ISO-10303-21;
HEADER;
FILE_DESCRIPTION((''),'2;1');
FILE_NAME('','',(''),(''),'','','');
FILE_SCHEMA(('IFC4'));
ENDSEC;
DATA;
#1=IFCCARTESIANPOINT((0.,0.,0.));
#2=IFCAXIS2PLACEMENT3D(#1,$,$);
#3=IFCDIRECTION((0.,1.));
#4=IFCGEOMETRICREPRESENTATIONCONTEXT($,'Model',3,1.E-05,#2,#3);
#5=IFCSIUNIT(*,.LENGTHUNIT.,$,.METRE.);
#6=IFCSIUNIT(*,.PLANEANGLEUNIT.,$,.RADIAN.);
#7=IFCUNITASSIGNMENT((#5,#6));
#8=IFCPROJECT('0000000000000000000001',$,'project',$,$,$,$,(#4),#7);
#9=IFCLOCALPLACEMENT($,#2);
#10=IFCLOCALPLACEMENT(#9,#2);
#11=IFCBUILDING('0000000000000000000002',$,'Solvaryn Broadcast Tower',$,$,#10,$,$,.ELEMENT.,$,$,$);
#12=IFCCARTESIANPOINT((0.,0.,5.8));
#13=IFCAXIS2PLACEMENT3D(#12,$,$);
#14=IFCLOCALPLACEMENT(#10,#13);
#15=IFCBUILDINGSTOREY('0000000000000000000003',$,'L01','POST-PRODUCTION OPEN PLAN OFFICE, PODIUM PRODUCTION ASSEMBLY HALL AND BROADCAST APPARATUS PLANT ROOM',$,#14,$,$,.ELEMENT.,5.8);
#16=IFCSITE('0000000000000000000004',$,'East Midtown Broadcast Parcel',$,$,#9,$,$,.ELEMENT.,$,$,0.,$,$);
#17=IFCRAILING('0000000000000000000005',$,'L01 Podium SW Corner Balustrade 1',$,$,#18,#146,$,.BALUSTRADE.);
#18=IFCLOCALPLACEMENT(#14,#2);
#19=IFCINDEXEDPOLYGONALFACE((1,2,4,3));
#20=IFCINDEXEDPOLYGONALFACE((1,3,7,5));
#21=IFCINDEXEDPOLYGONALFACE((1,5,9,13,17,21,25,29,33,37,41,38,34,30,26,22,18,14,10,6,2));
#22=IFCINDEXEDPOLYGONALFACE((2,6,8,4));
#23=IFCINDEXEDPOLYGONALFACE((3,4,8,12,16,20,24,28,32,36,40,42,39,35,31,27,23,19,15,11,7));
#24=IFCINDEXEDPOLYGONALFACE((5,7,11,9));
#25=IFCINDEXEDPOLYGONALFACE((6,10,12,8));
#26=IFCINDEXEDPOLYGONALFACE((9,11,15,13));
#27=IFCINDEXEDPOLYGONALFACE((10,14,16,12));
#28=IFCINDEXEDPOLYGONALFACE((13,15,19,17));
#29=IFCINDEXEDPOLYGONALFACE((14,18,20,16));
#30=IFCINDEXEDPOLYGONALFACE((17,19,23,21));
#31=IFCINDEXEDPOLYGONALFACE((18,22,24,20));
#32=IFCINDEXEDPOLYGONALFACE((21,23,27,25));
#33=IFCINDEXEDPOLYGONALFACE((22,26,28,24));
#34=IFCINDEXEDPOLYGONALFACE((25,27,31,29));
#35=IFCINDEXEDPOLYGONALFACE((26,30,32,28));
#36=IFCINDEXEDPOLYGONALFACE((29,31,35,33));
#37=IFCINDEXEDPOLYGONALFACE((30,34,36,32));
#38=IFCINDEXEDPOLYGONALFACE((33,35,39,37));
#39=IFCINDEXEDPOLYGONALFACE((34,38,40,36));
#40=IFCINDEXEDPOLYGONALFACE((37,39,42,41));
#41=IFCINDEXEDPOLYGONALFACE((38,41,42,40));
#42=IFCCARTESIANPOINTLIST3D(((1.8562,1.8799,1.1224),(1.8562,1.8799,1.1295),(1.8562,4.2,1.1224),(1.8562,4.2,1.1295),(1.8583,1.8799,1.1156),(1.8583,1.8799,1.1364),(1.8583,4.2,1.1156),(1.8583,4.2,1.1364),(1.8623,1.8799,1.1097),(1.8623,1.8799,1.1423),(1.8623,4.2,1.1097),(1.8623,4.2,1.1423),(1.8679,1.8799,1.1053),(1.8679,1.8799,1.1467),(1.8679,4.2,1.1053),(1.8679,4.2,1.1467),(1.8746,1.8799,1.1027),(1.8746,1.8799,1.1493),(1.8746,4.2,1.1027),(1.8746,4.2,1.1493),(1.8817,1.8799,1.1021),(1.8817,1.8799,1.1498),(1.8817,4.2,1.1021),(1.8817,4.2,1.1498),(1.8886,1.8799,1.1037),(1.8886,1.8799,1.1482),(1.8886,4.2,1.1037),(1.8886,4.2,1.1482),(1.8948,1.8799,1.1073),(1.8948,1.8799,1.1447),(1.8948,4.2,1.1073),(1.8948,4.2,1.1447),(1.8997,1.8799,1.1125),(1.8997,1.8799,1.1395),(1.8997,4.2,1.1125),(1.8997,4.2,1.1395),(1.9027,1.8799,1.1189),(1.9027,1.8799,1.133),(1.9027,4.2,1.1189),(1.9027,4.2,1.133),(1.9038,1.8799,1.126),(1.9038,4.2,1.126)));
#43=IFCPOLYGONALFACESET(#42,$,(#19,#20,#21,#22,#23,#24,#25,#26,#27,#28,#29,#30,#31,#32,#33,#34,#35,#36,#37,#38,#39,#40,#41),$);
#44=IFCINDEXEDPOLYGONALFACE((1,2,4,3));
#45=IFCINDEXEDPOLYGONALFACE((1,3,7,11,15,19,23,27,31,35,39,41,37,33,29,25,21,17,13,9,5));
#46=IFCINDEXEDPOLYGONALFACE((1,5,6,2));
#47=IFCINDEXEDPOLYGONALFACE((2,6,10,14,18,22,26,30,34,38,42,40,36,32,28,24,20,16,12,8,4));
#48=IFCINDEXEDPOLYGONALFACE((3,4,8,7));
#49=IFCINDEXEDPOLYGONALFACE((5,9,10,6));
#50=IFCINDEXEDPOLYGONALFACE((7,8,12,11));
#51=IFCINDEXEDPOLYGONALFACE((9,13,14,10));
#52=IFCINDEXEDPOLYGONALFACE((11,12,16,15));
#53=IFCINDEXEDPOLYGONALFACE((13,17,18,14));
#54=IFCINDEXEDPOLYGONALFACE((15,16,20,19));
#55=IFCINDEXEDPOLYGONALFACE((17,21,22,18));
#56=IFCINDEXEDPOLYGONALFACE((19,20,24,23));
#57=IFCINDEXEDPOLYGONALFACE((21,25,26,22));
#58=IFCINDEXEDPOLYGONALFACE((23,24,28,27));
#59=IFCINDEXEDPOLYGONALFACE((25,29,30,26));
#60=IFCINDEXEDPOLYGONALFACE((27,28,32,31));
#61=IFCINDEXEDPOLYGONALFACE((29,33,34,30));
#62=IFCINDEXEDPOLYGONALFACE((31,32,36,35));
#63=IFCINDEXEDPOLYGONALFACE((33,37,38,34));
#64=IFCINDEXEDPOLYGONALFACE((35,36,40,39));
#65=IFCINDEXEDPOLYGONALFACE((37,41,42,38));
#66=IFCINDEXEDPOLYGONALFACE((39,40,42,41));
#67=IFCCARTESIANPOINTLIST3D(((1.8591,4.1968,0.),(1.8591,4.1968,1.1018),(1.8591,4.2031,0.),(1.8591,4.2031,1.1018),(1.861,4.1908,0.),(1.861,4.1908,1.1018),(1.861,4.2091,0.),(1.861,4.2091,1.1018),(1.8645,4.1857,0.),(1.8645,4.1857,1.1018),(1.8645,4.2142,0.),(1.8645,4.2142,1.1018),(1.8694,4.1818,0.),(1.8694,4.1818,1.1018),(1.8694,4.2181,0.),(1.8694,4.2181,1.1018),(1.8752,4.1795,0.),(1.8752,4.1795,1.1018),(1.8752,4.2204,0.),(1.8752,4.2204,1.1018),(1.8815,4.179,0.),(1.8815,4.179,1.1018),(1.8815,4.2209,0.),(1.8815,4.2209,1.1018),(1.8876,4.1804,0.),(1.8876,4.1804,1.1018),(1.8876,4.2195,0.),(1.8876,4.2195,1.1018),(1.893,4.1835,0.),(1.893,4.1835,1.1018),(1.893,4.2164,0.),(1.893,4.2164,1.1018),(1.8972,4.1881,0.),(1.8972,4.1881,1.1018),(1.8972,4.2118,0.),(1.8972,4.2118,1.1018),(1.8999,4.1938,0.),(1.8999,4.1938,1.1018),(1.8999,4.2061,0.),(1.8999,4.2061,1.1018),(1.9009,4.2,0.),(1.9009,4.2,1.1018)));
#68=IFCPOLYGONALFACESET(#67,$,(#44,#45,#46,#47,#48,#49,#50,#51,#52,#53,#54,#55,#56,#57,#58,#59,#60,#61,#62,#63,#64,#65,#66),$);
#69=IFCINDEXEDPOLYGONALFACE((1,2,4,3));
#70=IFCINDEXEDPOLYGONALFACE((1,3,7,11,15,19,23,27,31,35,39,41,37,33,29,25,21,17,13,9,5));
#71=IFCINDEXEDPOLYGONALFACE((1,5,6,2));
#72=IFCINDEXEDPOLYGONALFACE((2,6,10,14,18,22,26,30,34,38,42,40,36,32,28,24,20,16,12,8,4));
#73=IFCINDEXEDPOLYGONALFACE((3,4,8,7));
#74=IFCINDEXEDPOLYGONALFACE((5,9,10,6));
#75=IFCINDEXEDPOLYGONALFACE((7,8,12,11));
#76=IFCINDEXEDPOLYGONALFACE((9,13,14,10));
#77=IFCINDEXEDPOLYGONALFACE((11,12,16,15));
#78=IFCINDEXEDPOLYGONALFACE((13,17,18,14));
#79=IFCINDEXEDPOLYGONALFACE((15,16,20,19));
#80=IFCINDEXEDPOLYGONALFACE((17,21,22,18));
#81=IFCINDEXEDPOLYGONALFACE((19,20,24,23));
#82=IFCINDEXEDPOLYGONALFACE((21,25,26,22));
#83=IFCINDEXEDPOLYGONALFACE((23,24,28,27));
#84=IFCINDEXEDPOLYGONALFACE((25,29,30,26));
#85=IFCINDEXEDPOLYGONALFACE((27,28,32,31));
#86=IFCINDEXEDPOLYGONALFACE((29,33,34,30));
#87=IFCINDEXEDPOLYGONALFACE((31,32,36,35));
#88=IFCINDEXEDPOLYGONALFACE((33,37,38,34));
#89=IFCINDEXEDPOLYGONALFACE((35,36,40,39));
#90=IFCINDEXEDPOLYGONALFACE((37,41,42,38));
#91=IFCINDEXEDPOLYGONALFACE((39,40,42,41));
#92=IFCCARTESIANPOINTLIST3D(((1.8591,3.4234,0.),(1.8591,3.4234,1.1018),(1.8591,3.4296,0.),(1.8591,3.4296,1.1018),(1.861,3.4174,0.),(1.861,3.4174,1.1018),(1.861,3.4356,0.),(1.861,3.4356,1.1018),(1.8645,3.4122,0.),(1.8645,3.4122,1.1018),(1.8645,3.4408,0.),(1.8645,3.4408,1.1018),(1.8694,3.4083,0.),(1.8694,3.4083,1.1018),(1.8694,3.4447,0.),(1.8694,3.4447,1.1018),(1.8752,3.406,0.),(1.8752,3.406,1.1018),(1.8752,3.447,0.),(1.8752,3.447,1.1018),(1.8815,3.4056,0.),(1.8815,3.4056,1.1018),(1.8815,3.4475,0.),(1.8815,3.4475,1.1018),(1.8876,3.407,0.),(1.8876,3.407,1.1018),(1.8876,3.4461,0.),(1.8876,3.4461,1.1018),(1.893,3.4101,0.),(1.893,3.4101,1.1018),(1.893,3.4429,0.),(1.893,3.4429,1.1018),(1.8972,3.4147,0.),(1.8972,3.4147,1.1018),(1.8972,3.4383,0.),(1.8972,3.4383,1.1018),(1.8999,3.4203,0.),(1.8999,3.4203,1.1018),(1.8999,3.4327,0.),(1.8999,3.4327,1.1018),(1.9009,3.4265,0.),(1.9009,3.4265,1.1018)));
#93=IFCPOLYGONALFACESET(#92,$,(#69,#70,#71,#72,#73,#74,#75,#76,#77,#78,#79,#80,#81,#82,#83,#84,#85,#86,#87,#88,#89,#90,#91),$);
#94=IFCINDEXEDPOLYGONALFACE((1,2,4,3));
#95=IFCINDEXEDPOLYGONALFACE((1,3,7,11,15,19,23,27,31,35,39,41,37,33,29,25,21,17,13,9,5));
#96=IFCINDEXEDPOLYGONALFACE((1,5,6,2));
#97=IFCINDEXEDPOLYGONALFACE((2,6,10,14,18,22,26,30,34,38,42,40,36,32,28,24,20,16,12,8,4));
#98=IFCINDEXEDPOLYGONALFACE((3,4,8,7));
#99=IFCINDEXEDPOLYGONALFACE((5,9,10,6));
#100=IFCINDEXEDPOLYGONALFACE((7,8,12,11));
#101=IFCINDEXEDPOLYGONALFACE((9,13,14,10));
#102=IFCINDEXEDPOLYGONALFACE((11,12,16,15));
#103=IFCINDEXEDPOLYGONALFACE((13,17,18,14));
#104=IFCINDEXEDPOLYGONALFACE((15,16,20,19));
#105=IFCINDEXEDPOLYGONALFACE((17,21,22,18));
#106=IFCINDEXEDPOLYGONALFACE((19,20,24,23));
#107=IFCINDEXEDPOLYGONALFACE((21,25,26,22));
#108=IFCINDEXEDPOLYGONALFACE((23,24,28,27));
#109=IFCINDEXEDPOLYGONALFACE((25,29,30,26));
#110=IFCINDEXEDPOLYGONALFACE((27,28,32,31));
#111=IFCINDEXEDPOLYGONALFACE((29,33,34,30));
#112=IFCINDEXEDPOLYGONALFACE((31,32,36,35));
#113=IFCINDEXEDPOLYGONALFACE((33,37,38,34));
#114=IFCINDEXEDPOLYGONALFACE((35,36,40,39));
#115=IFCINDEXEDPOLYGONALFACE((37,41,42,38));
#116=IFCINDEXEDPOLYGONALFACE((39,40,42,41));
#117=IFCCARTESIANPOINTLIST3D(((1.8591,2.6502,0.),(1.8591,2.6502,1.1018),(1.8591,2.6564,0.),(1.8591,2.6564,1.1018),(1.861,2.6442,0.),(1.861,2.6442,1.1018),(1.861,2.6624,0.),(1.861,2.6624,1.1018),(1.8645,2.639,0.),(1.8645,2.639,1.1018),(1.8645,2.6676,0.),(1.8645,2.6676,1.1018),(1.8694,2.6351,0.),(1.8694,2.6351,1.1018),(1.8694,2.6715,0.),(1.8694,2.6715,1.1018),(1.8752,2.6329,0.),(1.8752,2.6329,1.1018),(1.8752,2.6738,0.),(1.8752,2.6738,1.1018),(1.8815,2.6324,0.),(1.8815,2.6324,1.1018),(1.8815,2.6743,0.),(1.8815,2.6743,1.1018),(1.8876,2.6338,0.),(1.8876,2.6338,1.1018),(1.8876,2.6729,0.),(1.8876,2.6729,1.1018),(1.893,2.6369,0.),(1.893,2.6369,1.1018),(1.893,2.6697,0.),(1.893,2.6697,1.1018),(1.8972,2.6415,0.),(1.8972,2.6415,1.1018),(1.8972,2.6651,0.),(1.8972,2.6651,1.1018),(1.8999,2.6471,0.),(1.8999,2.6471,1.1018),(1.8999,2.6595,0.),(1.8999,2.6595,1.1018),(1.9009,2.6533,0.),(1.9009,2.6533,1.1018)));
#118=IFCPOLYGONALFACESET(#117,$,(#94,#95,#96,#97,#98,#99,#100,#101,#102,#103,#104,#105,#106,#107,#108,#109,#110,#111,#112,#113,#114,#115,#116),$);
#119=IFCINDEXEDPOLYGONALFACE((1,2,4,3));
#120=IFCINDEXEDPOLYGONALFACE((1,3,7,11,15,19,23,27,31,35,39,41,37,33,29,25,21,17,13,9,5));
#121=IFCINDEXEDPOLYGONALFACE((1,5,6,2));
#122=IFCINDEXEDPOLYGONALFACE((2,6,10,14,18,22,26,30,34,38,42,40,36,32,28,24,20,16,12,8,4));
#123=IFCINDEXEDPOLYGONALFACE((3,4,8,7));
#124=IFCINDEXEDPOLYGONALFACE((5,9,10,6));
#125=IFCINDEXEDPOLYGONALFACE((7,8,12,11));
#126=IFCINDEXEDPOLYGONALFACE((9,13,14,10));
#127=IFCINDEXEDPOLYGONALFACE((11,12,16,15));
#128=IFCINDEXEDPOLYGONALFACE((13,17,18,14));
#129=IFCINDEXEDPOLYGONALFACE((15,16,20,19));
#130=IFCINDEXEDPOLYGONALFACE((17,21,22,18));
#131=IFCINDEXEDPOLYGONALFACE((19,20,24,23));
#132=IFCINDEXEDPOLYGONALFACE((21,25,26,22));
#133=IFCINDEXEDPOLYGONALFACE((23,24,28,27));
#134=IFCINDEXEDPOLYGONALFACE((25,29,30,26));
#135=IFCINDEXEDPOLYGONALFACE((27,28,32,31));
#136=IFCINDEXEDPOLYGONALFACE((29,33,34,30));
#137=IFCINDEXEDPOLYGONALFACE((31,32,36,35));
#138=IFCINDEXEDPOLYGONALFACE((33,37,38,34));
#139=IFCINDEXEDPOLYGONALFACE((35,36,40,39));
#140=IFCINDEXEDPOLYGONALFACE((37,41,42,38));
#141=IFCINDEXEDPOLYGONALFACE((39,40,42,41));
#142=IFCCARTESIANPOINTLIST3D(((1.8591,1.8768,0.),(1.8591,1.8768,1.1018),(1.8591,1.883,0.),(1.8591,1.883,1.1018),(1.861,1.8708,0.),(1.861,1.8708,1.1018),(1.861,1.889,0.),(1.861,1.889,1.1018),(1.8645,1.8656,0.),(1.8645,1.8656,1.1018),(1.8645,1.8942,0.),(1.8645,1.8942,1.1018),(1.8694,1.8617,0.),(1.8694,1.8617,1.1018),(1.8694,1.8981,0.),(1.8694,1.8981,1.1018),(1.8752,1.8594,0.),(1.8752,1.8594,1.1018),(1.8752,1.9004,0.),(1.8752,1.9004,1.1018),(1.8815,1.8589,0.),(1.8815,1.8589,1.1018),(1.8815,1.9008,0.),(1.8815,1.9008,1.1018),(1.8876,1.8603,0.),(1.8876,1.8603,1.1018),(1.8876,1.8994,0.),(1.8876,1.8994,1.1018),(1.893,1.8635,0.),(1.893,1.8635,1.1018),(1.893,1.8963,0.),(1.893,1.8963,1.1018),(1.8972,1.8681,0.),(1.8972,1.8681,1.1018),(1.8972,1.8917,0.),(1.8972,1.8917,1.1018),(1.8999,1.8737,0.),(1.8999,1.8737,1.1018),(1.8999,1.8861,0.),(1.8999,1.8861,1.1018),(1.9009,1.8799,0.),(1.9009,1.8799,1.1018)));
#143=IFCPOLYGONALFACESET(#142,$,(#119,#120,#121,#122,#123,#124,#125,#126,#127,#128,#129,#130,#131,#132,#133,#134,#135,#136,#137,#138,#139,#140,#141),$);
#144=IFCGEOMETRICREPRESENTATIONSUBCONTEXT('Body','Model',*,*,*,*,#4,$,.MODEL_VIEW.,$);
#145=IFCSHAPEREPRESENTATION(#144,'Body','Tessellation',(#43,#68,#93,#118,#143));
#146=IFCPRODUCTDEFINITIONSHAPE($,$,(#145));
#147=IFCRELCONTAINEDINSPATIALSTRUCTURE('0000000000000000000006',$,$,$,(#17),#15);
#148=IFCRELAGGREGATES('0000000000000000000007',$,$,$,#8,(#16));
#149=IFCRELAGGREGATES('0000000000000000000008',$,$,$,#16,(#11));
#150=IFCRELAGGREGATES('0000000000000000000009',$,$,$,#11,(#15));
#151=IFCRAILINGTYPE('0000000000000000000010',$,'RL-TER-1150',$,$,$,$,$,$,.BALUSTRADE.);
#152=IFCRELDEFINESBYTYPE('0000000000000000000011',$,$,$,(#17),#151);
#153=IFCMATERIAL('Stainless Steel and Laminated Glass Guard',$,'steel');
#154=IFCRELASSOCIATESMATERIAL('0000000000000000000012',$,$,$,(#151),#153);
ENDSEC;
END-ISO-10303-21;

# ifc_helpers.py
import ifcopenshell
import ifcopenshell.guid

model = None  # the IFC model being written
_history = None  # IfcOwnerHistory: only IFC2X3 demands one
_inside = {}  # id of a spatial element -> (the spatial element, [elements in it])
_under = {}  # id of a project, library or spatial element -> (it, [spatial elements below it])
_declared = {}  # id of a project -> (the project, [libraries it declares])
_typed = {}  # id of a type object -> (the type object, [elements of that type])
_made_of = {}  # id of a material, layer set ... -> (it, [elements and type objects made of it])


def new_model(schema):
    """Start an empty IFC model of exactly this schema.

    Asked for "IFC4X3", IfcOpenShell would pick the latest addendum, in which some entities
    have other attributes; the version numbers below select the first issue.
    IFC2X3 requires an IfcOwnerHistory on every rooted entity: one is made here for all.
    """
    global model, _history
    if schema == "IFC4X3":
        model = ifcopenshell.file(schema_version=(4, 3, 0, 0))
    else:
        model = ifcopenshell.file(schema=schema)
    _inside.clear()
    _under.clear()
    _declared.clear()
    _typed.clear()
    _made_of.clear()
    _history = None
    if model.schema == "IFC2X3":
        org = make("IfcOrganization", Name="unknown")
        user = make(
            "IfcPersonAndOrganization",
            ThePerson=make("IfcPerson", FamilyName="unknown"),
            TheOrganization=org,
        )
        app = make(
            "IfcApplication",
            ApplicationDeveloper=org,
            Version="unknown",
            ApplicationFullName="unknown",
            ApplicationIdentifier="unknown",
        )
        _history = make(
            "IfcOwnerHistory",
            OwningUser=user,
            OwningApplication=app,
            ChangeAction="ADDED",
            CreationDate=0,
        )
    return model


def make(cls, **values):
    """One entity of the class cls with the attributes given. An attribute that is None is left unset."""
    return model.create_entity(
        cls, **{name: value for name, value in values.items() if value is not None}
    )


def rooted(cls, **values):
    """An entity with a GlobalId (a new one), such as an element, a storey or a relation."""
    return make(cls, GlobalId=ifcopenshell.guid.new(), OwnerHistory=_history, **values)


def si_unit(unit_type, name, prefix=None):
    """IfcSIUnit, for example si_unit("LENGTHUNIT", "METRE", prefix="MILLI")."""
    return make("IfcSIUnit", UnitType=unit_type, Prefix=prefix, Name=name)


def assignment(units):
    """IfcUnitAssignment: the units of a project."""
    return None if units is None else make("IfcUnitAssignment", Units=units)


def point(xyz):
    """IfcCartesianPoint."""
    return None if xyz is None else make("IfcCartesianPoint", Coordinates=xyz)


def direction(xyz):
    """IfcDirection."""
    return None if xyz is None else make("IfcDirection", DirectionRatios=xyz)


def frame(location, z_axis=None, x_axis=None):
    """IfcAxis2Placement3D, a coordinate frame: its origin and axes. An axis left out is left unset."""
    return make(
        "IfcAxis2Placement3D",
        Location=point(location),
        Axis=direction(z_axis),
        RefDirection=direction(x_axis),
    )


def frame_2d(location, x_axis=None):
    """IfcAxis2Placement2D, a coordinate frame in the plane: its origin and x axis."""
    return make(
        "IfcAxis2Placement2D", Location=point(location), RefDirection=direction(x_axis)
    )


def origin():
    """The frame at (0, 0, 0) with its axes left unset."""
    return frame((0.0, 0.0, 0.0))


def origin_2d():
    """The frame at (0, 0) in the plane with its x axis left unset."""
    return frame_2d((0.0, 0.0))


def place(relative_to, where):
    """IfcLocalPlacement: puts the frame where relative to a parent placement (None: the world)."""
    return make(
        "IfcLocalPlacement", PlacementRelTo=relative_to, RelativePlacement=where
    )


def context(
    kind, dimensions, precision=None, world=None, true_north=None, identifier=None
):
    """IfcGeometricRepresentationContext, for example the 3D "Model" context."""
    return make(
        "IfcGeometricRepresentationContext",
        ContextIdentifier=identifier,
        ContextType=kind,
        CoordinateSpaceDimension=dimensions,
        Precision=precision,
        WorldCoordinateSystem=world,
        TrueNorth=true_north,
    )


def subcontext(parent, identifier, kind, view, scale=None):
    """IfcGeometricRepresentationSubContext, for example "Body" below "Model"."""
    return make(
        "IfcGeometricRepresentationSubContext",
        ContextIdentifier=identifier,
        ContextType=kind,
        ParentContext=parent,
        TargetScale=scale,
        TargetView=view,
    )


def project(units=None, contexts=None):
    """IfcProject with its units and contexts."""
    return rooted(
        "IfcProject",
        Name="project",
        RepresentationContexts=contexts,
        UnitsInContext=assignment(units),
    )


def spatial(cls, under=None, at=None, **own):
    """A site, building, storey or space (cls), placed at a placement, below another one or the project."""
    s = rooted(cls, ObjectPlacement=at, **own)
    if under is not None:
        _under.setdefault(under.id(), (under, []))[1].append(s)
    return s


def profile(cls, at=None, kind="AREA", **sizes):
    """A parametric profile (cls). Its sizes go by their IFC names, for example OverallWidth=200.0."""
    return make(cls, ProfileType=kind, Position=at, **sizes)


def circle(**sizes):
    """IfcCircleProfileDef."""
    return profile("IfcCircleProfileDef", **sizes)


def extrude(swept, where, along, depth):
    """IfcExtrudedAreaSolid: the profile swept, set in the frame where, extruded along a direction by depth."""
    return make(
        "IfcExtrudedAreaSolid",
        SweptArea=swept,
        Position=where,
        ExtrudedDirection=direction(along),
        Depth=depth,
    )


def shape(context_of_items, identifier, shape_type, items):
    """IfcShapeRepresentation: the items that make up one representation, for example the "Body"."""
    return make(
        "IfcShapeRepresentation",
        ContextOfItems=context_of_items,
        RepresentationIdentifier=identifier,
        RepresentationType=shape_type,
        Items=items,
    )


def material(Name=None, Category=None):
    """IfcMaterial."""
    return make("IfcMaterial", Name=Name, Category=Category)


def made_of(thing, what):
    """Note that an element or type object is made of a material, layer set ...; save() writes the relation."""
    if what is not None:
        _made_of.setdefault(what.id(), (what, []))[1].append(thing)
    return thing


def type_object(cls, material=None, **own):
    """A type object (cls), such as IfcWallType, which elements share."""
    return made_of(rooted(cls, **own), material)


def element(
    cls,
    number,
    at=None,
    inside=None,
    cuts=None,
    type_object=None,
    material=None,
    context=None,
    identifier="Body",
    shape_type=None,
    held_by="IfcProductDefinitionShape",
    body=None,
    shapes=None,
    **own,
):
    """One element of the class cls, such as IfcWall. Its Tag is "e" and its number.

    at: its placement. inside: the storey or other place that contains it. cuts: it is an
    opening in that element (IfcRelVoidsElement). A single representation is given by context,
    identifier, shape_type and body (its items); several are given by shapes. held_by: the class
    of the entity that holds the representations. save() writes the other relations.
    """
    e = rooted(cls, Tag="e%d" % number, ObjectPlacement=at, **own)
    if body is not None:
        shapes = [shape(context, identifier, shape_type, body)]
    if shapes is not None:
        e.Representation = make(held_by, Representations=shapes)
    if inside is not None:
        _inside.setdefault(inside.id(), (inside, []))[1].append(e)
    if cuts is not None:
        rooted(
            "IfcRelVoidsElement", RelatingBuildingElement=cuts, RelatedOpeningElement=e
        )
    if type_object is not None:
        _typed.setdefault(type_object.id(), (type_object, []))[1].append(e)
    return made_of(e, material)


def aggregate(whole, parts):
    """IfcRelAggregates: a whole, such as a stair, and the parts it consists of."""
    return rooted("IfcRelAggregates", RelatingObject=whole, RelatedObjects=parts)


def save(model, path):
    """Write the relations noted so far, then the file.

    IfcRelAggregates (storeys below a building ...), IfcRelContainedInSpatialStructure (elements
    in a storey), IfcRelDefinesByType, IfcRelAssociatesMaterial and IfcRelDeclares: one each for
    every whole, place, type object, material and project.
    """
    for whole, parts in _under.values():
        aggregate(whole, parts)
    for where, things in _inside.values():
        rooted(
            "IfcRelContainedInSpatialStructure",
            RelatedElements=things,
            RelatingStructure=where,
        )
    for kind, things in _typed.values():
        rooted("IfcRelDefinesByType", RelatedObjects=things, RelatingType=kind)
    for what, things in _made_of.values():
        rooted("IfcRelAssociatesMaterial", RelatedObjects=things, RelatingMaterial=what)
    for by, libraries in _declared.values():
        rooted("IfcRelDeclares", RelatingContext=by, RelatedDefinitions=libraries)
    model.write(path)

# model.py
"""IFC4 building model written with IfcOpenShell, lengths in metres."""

from ifc_helpers import new_model, si_unit, direction, frame, origin, origin_2d, place, context, subcontext, project, spatial, circle, extrude, material, type_object, element, save


model = new_model("IFC4")

# Units and contexts
model_context = context("Model", 3, precision=1e-05, world=origin(), true_north=direction((0.0, 1.0)))
body_context = subcontext(model_context, "Body", "Model", "MODEL_VIEW")
ifc_project = project(units=[si_unit("LENGTHUNIT", "METRE"), si_unit("PLANEANGLEUNIT", "RADIAN")], contexts=[model_context])

# Site, building, storey
site_placement = place(None, origin())
site = spatial("IfcSite", under=ifc_project, at=site_placement, Name="East Midtown Broadcast Parcel", CompositionType="ELEMENT", RefElevation=0.0)
building_placement = place(site_placement, origin())
building = spatial("IfcBuilding", under=site, at=building_placement, Name="Solvaryn Broadcast Tower", CompositionType="ELEMENT")
storey_placement = place(building_placement, frame((0.0, 0.0, 5.8)))
storey = spatial("IfcBuildingStorey", under=building, at=storey_placement, Name="L01", Description="POST-PRODUCTION OPEN PLAN OFFICE, PODIUM PRODUCTION ASSEMBLY HALL AND BROADCAST APPARATUS PLANT ROOM", CompositionType="ELEMENT", Elevation=5.8)

# Railing
ifc_material_1 = material(Name="Stainless Steel and Laminated Glass Guard", Category="steel")
railing_type = type_object("IfcRailingType", Name="RL-TER-1150", PredefinedType="BALUSTRADE", material=ifc_material_1)
railing_1_placement = place(storey_placement, frame((1.8799, 4.2, 0.0)))
element("IfcRailing", 1, at=railing_1_placement, inside=storey, type_object=railing_type, Name="L01 Podium SW Corner Balustrade 1", PredefinedType="BALUSTRADE", context=body_context, shape_type="SweptSolid", body=[
    extrude(circle(Radius=0.0239, at=origin_2d()), frame((0.0, 0.0, 1.126), z_axis=(0.0, -1.0, 0.0), x_axis=(1.0, 0.0, 0.0)), (0.0, 0.0, 1.0), 2.3201),
    extrude(circle(Radius=0.021, at=origin_2d()), origin(), (0.0, 0.0, 1.0), 1.1018),
    extrude(circle(Radius=0.021, at=origin_2d()), frame((0.0, -0.7734, 0.0)), (0.0, 0.0, 1.0), 1.1018),
    extrude(circle(Radius=0.021, at=origin_2d()), frame((0.0, -1.5466, 0.0)), (0.0, 0.0, 1.0), 1.1018),
    extrude(circle(Radius=0.021, at=origin_2d()), frame((0.0, -2.3201, 0.0)), (0.0, 0.0, 1.0), 1.1018),
])

save(model, "model.ifc")
